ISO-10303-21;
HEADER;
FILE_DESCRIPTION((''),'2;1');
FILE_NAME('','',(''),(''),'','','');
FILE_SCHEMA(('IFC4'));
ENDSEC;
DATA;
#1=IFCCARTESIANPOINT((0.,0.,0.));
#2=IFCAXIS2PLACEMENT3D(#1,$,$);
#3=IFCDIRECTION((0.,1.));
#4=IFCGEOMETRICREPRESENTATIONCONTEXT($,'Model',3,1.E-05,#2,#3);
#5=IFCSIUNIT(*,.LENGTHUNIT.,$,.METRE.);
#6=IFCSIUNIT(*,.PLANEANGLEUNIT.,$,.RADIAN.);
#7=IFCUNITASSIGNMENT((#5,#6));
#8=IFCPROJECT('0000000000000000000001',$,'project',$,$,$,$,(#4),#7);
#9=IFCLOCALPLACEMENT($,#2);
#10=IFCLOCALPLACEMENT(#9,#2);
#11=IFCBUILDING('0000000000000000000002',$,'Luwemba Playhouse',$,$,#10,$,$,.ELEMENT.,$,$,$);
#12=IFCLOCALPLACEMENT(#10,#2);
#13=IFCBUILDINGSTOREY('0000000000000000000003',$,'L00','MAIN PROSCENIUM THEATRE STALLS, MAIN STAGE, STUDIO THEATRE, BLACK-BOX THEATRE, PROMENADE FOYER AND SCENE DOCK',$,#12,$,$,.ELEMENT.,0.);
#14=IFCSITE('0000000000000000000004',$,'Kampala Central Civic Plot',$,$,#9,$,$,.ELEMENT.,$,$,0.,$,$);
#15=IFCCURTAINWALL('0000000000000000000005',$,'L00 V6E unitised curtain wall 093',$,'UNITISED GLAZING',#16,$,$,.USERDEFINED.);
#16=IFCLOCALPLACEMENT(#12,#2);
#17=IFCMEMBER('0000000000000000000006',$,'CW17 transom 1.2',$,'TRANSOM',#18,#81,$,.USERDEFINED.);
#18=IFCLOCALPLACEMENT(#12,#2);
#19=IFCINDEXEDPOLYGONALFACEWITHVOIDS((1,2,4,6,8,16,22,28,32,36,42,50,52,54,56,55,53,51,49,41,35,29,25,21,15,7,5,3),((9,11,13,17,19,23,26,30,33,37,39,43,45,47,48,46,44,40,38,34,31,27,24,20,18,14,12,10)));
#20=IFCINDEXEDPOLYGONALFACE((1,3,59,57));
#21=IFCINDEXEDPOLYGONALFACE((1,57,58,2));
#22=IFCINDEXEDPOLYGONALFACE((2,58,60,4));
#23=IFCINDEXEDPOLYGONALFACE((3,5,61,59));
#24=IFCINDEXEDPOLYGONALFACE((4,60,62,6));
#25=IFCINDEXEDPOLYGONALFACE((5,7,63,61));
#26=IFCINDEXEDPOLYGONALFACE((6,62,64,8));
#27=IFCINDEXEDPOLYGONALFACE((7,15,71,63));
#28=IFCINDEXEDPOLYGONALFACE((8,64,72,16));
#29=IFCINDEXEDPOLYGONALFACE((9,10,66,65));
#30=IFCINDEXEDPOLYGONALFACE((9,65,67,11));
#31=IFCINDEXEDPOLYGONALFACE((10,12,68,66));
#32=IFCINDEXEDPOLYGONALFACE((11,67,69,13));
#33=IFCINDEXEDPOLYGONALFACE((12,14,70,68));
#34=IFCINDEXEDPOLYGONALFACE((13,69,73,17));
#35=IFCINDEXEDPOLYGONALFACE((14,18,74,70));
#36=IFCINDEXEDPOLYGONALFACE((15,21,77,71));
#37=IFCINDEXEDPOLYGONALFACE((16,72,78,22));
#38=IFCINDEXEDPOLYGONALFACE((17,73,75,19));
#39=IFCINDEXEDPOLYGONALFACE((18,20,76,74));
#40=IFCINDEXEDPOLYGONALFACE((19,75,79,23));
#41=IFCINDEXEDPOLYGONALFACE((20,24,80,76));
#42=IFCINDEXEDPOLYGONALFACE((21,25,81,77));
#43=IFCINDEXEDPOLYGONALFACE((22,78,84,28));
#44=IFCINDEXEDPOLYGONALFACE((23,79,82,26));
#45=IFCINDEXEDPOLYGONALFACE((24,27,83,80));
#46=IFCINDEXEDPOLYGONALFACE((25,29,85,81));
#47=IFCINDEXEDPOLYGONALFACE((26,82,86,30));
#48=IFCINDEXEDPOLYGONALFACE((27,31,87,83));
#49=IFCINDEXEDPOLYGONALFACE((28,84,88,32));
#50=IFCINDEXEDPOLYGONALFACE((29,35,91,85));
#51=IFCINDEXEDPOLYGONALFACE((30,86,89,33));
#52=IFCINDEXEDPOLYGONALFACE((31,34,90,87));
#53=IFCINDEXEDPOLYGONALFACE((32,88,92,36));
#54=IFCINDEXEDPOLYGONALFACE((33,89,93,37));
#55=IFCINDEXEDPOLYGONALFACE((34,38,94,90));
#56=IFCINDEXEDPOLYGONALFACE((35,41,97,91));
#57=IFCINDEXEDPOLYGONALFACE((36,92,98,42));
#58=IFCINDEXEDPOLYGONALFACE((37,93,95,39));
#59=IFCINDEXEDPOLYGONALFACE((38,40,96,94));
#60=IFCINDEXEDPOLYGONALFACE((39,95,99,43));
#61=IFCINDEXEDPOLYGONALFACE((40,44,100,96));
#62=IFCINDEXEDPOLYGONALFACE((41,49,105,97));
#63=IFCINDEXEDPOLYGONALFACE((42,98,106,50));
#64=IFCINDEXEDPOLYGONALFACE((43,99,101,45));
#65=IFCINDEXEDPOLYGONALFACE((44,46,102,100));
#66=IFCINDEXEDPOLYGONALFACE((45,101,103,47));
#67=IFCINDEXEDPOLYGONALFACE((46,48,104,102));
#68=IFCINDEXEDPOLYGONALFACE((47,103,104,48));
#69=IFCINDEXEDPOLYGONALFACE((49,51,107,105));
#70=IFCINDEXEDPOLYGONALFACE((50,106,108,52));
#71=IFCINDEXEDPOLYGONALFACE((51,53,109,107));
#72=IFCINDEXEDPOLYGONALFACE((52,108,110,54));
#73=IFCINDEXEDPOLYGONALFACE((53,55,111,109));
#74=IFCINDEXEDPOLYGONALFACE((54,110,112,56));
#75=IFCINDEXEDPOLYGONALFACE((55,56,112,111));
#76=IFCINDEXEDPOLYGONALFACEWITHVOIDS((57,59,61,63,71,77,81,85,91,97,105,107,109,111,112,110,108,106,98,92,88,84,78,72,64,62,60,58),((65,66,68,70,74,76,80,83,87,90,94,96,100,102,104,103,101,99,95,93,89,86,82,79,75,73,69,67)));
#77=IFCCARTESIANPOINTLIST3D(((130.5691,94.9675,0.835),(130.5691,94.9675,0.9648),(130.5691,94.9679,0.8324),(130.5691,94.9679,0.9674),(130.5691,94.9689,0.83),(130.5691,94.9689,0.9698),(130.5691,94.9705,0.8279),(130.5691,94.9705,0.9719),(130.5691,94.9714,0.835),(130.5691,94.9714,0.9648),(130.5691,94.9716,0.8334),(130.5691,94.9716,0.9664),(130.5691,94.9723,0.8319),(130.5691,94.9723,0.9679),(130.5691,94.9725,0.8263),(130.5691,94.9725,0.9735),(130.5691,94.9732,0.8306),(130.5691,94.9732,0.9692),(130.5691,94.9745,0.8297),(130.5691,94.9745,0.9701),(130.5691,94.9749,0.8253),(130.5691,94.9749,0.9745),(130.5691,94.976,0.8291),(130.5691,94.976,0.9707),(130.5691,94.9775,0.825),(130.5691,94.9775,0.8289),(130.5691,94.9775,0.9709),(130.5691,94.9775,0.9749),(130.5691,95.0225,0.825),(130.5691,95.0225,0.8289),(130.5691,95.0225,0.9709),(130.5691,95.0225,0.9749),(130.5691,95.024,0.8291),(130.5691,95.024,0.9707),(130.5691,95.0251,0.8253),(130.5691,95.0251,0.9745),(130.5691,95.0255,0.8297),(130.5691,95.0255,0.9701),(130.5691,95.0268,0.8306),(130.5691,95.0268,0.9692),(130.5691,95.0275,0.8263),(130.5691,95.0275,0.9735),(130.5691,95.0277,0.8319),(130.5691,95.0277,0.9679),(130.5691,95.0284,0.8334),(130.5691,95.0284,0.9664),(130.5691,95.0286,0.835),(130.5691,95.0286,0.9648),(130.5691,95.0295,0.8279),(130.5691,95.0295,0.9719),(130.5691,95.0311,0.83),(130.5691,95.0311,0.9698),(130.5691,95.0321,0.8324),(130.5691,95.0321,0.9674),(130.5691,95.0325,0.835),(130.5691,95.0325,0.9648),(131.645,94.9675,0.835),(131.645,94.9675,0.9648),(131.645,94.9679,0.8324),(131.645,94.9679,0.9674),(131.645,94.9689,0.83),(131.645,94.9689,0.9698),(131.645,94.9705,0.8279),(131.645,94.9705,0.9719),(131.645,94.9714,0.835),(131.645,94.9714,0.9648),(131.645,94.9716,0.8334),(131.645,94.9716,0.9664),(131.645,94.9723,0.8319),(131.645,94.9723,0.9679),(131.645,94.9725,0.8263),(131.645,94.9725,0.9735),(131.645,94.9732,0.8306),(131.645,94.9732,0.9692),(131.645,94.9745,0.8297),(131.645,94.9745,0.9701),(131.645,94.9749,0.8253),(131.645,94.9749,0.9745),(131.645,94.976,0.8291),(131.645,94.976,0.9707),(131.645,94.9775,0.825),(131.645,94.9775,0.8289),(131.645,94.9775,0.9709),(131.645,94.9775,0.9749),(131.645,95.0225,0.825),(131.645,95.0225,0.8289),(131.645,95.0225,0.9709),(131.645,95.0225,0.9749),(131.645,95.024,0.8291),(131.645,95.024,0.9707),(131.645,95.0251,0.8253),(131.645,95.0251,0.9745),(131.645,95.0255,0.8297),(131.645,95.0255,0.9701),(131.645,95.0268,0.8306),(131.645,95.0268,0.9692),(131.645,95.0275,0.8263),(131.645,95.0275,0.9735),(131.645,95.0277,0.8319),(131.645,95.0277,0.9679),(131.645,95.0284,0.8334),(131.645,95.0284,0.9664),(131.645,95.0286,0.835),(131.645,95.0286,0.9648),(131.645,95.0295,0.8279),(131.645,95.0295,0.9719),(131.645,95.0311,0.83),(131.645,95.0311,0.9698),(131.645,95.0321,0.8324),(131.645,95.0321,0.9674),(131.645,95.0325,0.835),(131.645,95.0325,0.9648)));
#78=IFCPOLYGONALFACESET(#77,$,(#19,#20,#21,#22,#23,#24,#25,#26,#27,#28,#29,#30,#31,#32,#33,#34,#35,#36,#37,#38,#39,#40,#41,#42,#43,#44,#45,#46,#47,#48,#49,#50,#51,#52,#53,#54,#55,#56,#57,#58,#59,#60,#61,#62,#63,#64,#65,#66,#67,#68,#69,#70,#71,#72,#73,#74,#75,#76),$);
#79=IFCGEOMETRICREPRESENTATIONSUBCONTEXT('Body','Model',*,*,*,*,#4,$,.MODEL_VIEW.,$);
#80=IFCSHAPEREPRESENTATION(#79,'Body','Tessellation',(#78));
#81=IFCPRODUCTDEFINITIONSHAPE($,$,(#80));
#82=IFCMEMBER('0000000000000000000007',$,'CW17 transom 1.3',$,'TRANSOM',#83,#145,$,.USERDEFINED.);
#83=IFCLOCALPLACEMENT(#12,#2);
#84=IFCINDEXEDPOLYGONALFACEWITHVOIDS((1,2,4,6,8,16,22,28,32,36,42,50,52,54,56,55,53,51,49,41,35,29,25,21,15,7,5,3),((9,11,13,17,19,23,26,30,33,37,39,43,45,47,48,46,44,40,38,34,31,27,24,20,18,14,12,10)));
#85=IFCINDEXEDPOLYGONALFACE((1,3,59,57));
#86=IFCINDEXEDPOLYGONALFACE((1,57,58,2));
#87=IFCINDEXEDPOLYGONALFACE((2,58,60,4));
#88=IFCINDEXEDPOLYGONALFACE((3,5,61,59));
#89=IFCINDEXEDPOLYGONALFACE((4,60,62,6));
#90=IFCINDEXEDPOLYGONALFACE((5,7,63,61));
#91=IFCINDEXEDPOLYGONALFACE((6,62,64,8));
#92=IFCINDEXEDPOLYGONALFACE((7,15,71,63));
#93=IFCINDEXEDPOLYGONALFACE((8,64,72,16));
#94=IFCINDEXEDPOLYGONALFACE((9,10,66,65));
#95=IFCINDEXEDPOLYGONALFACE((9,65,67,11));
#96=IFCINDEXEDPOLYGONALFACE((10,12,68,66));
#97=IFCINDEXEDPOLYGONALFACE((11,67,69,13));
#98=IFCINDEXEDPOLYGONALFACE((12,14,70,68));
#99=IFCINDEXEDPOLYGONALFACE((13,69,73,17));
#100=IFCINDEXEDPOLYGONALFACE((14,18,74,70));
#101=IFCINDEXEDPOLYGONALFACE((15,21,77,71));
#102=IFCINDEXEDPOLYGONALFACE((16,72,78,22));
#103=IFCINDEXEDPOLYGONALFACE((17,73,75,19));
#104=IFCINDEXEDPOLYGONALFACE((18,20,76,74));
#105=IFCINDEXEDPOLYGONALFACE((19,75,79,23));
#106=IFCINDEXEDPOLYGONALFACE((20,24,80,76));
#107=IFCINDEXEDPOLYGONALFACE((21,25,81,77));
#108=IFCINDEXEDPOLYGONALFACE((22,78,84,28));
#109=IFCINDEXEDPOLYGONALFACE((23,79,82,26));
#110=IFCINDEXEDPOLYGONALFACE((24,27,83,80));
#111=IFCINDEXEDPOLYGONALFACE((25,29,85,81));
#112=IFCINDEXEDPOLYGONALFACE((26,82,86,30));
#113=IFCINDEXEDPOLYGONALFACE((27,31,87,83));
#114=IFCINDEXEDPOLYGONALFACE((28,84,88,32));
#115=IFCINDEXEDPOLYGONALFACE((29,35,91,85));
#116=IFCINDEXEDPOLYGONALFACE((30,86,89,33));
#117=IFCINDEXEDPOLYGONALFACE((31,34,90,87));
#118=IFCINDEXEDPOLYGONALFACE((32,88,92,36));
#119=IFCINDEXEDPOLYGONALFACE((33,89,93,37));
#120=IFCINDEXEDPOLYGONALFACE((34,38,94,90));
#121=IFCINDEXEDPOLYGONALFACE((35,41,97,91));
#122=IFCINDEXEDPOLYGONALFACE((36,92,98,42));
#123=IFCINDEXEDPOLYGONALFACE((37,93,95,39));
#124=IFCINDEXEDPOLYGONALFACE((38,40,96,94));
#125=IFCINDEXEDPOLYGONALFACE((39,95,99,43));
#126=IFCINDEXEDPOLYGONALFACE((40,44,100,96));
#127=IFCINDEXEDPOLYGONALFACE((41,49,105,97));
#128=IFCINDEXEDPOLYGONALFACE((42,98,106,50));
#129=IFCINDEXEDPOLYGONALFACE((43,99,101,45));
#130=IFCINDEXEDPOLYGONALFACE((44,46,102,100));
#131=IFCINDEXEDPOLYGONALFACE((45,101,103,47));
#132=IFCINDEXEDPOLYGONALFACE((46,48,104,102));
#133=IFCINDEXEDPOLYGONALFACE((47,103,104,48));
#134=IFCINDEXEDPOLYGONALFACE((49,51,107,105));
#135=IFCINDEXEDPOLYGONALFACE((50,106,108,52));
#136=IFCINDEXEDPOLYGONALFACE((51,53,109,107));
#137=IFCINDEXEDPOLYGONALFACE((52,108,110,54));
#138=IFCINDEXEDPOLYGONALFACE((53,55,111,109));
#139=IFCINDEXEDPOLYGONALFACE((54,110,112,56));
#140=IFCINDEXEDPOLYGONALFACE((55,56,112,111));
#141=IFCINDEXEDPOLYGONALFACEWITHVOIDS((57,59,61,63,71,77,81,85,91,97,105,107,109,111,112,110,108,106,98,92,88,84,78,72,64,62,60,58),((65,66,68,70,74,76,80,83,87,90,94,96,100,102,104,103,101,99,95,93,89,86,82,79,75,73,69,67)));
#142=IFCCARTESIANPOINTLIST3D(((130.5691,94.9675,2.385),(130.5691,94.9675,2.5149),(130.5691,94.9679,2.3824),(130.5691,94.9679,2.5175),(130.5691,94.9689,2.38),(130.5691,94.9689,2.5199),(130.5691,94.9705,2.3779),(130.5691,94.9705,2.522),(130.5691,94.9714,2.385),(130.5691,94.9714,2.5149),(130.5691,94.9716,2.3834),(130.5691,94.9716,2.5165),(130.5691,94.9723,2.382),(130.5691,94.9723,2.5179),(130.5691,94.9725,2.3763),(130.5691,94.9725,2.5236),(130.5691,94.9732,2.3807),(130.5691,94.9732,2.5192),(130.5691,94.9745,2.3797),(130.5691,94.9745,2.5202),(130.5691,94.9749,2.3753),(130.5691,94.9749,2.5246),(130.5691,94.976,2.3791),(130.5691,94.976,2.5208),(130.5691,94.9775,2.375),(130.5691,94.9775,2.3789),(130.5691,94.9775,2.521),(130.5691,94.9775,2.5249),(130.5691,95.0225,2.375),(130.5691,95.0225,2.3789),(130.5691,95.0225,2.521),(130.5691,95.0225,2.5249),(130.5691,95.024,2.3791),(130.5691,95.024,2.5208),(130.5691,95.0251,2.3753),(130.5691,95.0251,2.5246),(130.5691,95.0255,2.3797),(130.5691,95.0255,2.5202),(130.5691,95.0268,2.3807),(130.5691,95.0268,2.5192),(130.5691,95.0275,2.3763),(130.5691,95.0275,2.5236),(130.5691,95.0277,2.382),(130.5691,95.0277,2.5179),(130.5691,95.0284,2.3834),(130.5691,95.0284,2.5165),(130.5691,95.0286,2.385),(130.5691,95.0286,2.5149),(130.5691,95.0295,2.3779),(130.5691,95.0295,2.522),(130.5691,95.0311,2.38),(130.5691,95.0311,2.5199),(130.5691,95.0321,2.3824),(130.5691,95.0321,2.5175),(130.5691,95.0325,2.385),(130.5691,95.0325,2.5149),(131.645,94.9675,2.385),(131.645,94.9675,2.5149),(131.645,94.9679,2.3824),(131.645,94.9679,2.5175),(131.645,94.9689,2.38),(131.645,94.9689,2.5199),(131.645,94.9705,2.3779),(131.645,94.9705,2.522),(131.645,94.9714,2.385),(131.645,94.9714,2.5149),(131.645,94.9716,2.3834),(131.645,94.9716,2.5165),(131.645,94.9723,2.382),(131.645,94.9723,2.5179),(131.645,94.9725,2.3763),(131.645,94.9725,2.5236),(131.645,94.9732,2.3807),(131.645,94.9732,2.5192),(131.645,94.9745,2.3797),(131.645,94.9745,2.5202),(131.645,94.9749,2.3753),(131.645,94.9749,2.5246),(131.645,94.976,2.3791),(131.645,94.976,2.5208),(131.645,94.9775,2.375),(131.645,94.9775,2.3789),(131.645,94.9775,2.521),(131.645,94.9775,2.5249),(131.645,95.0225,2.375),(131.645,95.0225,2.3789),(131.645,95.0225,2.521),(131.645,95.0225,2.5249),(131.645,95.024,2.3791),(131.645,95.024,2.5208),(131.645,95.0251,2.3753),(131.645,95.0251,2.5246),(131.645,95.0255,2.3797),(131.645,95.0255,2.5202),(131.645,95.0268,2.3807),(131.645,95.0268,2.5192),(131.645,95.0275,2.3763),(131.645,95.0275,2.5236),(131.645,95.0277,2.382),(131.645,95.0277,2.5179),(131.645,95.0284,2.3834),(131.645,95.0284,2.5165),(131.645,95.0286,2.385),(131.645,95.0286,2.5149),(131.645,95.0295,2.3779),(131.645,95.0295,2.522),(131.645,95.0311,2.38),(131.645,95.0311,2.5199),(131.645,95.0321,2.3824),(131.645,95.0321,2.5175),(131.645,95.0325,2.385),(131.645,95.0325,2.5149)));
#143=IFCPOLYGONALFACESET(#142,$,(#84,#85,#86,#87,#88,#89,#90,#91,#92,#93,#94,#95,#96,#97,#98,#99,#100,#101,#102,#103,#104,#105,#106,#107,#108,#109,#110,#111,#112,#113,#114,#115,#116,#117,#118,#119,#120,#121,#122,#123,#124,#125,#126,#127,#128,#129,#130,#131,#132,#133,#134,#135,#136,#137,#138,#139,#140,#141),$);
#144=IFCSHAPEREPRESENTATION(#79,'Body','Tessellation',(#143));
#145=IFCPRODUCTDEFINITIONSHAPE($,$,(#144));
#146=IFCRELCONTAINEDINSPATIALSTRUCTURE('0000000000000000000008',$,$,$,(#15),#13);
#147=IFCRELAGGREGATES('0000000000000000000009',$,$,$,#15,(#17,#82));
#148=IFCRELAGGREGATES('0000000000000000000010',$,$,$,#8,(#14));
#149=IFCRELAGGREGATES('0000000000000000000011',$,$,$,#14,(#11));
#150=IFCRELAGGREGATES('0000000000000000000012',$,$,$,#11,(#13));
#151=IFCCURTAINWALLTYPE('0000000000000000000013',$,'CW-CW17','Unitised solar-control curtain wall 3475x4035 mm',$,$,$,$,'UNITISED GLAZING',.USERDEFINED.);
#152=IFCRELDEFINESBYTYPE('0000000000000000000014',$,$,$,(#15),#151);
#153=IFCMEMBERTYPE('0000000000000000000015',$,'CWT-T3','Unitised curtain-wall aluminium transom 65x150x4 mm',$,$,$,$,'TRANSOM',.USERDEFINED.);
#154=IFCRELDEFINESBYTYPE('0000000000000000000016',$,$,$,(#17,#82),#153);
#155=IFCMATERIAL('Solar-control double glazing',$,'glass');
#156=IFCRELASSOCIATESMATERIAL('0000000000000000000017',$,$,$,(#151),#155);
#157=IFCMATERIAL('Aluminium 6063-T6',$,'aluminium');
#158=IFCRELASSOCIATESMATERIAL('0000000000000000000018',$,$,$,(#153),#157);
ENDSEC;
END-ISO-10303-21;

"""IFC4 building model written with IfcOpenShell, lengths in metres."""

from ifc_helpers import new_model, si_unit, direction, frame, origin, origin_2d, place, context, subcontext, project, spatial, hollow_rectangle, extrude, material, material_profile, profile_set, type_object, element, aggregate, save


model = new_model("IFC4")

# Units and contexts
model_context = context("Model", 3, precision=1e-05, world=origin(), true_north=direction((0.0, 1.0)))
body_context = subcontext(model_context, "Body", "Model", "MODEL_VIEW")
ifc_project = project(units=[si_unit("LENGTHUNIT", "METRE"), si_unit("PLANEANGLEUNIT", "RADIAN")], contexts=[model_context])

# Site, building, storey
site_placement = place(None, origin())
site = spatial("IfcSite", under=ifc_project, at=site_placement, Name="Kampala Central Civic Plot", CompositionType="ELEMENT", RefElevation=0.0)
building_placement = place(site_placement, origin())
building = spatial("IfcBuilding", under=site, at=building_placement, Name="Luwemba Playhouse", CompositionType="ELEMENT")
storey_placement = place(building_placement, origin())
storey = spatial("IfcBuildingStorey", under=building, at=storey_placement, Name="L00", Description="MAIN PROSCENIUM THEATRE STALLS, MAIN STAGE, STUDIO THEATRE, BLACK-BOX THEATRE, PROMENADE FOYER AND SCENE DOCK", CompositionType="ELEMENT", Elevation=0.0)

# Curtain wall, members
ifc_material_1 = material(Name="Solar-control double glazing", Category="glass")
curtain_wall_type = type_object("IfcCurtainWallType", Name="CW-CW17", Description="Unitised solar-control curtain wall 3475x4035 mm", ElementType="UNITISED GLAZING", PredefinedType="USERDEFINED", material=ifc_material_1)
curtain_wall_placement = place(storey_placement, origin())
curtain_wall = element("IfcCurtainWall", 1, at=curtain_wall_placement, inside=storey, type_object=curtain_wall_type, Name="L00 V6E unitised curtain wall 093", ObjectType="UNITISED GLAZING", PredefinedType="USERDEFINED")
ifc_material_2 = material(Name="Aluminium 6063-T6", Category="aluminium")
ifc_material_profile_1 = material_profile(ifc_material_2, hollow_rectangle(XDim=0.0649, YDim=0.1499, WallThickness=0.0039, InnerFilletRadius=0.0061, OuterFilletRadius=0.01, at=origin_2d()))
ifc_profile_set_1 = profile_set([ifc_material_profile_1], Name="Aluminium 6063-T6")
member_type = type_object("IfcMemberType", Name="CWT-T3", Description="Unitised curtain-wall aluminium transom 65x150x4 mm", ElementType="TRANSOM", PredefinedType="USERDEFINED", material=ifc_profile_set_1)
member_1_placement = place(storey_placement, frame((131.645, 95.0, 0.8999), z_axis=(-1.0, 0.0, 0.0), x_axis=(0.0, -1.0, 0.0)))
member_1 = element("IfcMember", 2, at=member_1_placement, type_object=member_type, Name="CW17 transom 1.2", ObjectType="TRANSOM", PredefinedType="USERDEFINED", context=body_context, shape_type="SweptSolid", body=[
    extrude(hollow_rectangle(XDim=0.0649, YDim=0.1499, WallThickness=0.0039, InnerFilletRadius=0.0061, OuterFilletRadius=0.01, at=origin_2d()), origin(), (0.0, 0.0, 1.0), 1.0759),
])
member_2_placement = place(storey_placement, frame((131.645, 95.0, 2.45), z_axis=(-1.0, 0.0, 0.0), x_axis=(0.0, -1.0, 0.0)))
member_2 = element("IfcMember", 3, at=member_2_placement, type_object=member_type, Name="CW17 transom 1.3", ObjectType="TRANSOM", PredefinedType="USERDEFINED", context=body_context, shape_type="SweptSolid", body=[
    extrude(hollow_rectangle(XDim=0.0649, YDim=0.1499, WallThickness=0.0039, InnerFilletRadius=0.0061, OuterFilletRadius=0.01, at=origin_2d()), origin(), (0.0, 0.0, 1.0), 1.0759),
])
aggregate(curtain_wall, [member_1, member_2])

save(model, "model.ifc")
